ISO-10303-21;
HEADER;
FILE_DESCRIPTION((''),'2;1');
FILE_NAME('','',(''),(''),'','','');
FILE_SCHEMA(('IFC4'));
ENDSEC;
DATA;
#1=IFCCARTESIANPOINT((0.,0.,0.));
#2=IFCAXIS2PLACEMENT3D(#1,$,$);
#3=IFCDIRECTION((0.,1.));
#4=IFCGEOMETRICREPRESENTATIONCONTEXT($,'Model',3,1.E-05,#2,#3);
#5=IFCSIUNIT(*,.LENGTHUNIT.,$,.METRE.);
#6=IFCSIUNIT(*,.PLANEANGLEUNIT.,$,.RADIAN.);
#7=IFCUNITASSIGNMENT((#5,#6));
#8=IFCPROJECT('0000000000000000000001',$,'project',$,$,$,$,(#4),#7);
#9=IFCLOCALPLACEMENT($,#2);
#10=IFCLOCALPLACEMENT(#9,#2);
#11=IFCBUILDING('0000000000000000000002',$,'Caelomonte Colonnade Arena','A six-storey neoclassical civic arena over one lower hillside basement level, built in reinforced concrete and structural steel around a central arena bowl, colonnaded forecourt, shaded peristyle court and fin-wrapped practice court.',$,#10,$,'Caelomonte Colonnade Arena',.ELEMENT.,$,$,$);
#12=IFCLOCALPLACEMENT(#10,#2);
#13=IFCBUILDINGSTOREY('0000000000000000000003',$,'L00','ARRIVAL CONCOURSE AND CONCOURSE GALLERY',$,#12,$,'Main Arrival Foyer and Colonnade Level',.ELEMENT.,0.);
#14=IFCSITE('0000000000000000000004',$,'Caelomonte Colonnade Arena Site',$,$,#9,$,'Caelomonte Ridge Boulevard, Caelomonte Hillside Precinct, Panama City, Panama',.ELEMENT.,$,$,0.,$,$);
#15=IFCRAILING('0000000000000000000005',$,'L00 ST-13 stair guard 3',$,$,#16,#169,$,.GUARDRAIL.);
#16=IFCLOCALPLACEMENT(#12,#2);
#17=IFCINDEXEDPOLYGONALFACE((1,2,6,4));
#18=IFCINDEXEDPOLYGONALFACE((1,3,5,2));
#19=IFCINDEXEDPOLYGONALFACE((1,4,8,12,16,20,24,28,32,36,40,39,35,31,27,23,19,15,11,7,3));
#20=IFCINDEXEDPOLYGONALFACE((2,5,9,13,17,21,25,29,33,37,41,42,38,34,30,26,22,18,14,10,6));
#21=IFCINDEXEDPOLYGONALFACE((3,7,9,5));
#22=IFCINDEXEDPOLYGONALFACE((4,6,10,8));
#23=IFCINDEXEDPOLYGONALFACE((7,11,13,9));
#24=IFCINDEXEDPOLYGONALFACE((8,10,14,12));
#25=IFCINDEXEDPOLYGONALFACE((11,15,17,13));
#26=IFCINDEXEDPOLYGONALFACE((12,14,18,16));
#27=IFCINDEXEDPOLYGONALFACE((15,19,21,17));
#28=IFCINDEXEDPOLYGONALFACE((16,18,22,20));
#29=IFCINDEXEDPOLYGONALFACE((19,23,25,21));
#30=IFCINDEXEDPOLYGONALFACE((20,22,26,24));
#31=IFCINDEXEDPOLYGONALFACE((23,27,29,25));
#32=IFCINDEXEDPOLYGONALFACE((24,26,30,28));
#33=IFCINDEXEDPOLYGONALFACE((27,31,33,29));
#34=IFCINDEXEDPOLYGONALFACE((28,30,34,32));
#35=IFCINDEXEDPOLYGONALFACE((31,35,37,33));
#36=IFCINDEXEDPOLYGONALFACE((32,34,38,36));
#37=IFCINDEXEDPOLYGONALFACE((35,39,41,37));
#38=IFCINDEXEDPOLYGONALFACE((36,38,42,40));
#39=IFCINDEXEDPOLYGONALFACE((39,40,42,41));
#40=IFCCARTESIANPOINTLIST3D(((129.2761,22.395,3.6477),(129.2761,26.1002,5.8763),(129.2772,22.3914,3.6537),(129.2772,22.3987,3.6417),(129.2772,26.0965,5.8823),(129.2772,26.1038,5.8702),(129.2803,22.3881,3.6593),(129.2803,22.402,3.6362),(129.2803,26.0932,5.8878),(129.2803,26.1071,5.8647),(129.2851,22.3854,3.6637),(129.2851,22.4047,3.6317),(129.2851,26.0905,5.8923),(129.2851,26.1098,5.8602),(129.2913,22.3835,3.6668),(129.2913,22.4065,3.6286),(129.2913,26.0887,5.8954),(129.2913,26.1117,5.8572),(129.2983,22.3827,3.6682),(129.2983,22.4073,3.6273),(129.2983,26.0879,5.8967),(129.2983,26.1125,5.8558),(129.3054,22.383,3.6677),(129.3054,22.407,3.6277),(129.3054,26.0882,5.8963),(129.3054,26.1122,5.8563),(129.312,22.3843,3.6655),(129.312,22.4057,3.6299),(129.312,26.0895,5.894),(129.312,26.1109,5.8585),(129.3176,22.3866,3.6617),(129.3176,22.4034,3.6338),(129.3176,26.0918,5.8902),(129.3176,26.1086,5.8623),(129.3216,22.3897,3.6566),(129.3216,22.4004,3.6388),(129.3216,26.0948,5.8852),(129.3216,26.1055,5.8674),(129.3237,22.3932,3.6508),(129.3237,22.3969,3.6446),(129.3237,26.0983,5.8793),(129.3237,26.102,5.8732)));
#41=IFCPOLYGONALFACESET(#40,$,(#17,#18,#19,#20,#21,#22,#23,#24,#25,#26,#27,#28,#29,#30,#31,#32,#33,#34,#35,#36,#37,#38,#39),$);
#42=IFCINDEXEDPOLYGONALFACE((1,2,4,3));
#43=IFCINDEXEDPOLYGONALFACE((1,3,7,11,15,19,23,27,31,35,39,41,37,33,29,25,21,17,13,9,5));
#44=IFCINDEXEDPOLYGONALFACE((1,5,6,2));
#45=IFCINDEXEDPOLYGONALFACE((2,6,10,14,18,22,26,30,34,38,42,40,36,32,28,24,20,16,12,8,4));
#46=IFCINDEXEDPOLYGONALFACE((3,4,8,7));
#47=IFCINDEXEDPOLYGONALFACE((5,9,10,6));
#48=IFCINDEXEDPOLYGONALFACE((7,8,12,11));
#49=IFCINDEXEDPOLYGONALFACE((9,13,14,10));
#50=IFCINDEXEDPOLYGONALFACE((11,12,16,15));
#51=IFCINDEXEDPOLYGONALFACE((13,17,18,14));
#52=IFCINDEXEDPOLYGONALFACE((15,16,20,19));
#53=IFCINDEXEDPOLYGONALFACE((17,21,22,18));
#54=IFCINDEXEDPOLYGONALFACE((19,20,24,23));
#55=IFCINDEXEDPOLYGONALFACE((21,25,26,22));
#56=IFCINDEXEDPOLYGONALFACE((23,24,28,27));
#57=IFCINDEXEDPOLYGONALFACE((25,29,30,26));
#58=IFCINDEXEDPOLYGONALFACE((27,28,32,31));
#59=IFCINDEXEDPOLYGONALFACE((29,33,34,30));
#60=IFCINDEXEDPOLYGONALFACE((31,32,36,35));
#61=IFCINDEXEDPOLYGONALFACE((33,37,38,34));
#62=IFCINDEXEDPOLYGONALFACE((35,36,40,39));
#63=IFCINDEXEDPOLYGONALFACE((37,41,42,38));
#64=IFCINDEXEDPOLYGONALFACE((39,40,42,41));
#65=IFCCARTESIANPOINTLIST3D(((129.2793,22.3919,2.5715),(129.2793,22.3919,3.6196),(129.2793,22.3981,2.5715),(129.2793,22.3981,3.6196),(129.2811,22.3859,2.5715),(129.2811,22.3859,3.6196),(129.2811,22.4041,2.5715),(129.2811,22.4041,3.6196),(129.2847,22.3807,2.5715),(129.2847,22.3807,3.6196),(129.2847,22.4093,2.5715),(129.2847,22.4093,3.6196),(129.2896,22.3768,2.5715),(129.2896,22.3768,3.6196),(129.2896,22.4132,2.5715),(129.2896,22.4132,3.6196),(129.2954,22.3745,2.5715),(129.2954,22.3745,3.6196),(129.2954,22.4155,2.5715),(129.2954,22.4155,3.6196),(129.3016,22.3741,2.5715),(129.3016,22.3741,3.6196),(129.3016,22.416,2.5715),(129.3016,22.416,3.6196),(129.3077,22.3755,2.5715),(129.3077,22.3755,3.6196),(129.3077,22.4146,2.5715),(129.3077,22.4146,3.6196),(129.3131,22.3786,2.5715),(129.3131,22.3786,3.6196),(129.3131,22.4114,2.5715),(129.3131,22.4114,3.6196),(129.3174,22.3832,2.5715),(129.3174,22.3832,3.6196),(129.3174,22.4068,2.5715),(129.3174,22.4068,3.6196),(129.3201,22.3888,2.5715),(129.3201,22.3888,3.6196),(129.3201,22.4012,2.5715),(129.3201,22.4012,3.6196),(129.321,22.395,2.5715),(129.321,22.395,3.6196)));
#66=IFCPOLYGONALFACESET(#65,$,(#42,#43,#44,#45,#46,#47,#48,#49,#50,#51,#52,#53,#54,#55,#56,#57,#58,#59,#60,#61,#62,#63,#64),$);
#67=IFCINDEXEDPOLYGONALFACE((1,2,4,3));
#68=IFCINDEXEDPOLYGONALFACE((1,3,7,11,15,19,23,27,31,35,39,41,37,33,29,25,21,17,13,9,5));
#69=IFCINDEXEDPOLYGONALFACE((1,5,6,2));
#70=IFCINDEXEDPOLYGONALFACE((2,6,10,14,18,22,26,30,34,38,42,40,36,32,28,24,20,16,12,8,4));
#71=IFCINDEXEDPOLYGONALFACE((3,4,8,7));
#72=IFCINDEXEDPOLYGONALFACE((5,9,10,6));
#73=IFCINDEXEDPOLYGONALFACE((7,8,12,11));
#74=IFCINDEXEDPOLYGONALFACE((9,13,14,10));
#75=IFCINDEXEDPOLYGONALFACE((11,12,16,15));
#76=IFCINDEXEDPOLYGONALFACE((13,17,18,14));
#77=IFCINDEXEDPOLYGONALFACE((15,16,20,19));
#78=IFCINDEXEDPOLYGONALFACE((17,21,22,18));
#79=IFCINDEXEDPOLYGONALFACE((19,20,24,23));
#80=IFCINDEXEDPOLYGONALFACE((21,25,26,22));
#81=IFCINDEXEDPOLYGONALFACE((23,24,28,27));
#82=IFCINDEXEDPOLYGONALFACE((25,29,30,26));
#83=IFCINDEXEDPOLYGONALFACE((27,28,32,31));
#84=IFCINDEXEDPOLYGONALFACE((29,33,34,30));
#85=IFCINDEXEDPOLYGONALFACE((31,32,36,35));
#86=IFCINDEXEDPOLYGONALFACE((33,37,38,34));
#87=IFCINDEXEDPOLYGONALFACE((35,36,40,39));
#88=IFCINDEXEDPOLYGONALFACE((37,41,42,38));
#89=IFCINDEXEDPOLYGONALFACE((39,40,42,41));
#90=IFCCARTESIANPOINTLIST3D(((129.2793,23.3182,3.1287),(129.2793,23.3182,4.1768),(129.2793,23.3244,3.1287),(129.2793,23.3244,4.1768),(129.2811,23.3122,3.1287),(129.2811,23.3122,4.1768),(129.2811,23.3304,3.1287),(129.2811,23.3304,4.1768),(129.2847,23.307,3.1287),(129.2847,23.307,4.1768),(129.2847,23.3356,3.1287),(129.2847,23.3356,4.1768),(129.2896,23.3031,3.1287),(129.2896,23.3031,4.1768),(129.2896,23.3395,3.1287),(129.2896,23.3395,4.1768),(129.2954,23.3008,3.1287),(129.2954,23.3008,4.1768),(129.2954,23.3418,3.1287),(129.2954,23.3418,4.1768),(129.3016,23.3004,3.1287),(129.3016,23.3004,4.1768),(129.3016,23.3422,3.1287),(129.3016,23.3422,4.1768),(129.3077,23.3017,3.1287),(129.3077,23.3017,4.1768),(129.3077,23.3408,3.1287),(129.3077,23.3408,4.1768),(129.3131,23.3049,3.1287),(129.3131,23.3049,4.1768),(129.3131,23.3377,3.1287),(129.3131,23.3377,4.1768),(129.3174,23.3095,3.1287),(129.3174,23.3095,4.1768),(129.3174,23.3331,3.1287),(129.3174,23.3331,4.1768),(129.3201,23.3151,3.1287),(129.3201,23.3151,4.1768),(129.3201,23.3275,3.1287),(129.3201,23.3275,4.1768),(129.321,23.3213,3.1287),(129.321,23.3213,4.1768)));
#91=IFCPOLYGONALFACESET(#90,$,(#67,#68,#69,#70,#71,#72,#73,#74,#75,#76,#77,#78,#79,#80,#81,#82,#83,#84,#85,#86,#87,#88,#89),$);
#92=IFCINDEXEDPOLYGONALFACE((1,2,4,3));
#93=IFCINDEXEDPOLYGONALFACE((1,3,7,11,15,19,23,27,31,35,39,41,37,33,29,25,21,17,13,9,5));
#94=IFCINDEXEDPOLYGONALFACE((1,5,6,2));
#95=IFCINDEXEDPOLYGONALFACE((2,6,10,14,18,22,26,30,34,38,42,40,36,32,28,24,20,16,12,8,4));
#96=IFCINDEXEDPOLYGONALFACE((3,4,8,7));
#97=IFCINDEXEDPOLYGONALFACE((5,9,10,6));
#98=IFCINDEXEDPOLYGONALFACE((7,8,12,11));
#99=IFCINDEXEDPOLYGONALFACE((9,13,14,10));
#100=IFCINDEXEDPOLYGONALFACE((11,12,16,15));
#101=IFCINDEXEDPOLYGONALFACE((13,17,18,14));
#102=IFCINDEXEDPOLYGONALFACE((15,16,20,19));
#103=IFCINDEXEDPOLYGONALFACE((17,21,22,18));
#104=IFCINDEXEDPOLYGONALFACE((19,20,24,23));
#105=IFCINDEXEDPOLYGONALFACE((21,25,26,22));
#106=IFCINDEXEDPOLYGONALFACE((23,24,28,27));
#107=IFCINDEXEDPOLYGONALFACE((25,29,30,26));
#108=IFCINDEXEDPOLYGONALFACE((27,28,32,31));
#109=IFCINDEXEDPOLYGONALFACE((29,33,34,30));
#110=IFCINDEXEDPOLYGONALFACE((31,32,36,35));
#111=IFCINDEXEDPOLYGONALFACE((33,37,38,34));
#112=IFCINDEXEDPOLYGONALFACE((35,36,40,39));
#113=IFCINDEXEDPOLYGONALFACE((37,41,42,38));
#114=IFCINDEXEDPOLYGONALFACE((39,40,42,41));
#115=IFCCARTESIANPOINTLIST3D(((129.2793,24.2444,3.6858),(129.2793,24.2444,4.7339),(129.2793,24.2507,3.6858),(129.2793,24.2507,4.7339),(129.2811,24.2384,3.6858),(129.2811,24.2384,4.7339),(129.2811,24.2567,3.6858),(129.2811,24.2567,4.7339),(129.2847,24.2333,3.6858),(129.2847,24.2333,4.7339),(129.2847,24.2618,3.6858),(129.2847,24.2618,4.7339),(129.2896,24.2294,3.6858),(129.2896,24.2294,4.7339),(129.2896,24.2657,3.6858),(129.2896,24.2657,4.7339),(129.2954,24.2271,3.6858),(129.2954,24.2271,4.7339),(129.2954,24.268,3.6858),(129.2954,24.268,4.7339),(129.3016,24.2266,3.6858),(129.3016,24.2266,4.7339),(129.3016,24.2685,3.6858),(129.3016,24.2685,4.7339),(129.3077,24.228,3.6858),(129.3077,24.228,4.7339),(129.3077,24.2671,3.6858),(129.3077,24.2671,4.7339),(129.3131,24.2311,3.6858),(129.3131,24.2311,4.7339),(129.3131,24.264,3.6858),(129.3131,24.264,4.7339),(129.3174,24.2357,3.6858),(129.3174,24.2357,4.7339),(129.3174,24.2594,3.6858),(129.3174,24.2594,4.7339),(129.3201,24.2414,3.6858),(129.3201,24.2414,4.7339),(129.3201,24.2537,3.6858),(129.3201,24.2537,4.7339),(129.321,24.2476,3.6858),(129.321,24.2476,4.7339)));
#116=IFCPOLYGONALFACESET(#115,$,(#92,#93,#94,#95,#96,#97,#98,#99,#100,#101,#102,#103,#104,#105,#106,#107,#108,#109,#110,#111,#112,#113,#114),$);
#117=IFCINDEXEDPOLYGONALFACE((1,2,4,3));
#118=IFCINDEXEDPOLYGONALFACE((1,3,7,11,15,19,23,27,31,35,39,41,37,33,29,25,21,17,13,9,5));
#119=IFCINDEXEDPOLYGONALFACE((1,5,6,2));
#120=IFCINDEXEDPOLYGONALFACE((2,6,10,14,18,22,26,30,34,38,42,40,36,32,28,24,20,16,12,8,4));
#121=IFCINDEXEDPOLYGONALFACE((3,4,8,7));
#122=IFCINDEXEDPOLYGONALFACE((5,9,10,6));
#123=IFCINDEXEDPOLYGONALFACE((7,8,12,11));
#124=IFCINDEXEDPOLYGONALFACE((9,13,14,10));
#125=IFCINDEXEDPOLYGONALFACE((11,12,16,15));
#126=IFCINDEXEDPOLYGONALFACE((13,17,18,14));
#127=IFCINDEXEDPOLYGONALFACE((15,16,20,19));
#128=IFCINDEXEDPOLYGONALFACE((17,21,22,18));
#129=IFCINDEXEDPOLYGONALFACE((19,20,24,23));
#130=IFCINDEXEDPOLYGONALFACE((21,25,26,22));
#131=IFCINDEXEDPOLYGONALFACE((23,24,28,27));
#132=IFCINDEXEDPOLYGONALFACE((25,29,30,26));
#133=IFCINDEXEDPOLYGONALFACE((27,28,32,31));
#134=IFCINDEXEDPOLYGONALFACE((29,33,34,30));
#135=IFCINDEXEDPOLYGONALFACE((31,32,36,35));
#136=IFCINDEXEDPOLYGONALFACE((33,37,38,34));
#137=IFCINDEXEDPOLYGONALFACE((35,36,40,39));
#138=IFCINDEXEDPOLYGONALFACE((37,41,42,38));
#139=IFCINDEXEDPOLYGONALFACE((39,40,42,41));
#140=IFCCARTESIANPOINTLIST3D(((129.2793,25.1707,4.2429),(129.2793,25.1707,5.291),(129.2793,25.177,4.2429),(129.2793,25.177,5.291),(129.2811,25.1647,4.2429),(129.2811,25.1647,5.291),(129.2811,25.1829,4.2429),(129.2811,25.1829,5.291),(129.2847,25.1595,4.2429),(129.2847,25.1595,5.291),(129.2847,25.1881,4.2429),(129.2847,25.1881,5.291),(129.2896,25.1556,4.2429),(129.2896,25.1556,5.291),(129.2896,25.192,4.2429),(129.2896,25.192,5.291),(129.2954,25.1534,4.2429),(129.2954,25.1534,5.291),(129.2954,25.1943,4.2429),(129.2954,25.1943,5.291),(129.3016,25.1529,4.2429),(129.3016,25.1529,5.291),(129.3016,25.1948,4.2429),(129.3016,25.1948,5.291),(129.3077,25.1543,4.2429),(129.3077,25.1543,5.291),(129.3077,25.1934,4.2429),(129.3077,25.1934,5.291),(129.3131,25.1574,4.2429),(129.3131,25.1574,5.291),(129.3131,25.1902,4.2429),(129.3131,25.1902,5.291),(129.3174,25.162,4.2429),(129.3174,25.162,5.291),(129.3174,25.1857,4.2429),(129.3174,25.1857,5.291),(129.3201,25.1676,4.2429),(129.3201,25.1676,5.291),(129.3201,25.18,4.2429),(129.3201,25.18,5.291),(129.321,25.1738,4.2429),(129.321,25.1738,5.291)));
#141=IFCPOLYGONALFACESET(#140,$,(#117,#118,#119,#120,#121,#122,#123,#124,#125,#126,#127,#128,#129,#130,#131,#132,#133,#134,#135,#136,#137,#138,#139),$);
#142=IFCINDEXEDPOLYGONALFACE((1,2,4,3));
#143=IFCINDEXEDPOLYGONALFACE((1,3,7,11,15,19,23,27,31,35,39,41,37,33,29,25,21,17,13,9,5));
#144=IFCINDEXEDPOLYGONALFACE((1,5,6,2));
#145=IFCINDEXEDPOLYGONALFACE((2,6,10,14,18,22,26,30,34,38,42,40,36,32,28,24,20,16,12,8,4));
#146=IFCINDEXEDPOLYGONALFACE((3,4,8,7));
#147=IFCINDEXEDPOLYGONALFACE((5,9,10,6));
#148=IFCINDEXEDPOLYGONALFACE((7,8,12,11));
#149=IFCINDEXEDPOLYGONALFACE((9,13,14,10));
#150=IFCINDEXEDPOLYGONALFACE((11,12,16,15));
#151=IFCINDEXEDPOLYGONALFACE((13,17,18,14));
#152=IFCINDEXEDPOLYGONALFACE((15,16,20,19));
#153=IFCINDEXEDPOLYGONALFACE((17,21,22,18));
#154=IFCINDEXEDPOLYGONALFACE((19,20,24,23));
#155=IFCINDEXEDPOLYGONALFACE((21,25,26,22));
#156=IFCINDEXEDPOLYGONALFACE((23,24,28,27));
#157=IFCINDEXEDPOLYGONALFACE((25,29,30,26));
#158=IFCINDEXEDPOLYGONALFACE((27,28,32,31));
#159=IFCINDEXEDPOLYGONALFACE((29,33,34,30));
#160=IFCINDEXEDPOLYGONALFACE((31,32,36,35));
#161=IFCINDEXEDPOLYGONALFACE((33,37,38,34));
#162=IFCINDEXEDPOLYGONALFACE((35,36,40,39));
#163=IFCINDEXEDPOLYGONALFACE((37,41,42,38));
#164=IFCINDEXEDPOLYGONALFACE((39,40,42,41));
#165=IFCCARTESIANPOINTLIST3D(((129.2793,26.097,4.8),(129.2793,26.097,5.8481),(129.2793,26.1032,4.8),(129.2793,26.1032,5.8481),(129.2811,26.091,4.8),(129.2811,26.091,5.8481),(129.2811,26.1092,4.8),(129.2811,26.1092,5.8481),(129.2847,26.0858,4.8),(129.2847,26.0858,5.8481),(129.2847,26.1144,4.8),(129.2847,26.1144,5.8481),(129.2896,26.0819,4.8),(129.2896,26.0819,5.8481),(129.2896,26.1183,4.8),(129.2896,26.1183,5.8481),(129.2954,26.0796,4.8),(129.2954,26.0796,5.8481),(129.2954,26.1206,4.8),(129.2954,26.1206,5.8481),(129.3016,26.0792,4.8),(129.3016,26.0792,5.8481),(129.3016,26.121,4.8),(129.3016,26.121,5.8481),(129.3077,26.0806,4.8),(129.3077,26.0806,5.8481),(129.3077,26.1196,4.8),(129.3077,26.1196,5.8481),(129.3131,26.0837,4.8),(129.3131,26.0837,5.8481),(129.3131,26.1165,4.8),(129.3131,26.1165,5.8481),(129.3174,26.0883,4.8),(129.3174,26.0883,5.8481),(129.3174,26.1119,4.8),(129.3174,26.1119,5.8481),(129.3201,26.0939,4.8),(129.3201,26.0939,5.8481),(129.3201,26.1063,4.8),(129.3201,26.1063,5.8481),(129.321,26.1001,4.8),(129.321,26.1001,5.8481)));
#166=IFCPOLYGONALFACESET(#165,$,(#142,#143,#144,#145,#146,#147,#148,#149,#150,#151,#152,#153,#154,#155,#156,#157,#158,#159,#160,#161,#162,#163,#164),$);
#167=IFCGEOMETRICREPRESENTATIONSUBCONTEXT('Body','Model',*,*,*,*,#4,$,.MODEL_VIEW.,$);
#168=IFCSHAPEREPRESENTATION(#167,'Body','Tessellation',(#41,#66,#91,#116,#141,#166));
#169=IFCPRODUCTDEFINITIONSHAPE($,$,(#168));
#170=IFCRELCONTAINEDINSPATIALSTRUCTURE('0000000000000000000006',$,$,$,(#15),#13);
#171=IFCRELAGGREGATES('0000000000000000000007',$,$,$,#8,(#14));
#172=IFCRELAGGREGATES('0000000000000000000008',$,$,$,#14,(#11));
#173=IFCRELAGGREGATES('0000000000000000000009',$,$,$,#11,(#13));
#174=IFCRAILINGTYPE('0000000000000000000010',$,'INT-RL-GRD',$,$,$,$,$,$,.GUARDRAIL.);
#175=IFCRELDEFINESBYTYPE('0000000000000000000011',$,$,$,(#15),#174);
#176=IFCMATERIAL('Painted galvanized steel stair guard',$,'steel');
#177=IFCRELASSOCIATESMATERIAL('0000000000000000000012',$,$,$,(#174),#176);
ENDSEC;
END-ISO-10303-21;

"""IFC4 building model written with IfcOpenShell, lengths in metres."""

from ifc_helpers import new_model, si_unit, direction, frame, origin, origin_2d, place, context, subcontext, project, spatial, circle, extrude, material, type_object, element, save


model = new_model("IFC4")

# Units and contexts
model_context = context("Model", 3, precision=1e-05, world=origin(), true_north=direction((0.0, 1.0)))
body_context = subcontext(model_context, "Body", "Model", "MODEL_VIEW")
ifc_project = project(units=[si_unit("LENGTHUNIT", "METRE"), si_unit("PLANEANGLEUNIT", "RADIAN")], contexts=[model_context])

# Site, building, storey
site_placement = place(None, origin())
site = spatial("IfcSite", under=ifc_project, at=site_placement, Name="Caelomonte Colonnade Arena Site", LongName="Caelomonte Ridge Boulevard, Caelomonte Hillside Precinct, Panama City, Panama", CompositionType="ELEMENT", RefElevation=0.0)
building_placement = place(site_placement, origin())
building = spatial("IfcBuilding", under=site, at=building_placement, Name="Caelomonte Colonnade Arena", Description="A six-storey neoclassical civic arena over one lower hillside basement level, built in reinforced concrete and structural steel around a central arena bowl, colonnaded forecourt, shaded peristyle court and fin-wrapped practice court.", LongName="Caelomonte Colonnade Arena", CompositionType="ELEMENT")
storey_placement = place(building_placement, origin())
storey = spatial("IfcBuildingStorey", under=building, at=storey_placement, Name="L00", Description="ARRIVAL CONCOURSE AND CONCOURSE GALLERY", LongName="Main Arrival Foyer and Colonnade Level", CompositionType="ELEMENT", Elevation=0.0)

# Railing
ifc_material_1 = material(Name="Painted galvanized steel stair guard", Category="steel")
railing_type_1 = type_object("IfcRailingType", Name="INT-RL-GRD", PredefinedType="GUARDRAIL", material=ifc_material_1)
railing_1_placement = place(storey_placement, frame((129.3, 22.395, 2.5715)))
element("IfcRailing", 1, at=railing_1_placement, inside=storey, type_object=railing_type_1, Name="L00 ST-13 stair guard 3", PredefinedType="GUARDRAIL", context=body_context, shape_type="SweptSolid", body=[
    extrude(circle(Radius=0.0239, at=origin_2d()), frame((0.0, 0.0, 1.0762), z_axis=(0.0, 0.856934, 0.515425), x_axis=(-1.0, 0.0, 0.0)), (0.0, 0.0, 1.0), 4.3237),
    extrude(circle(Radius=0.021, at=origin_2d()), origin(), (0.0, 0.0, 1.0), 1.0481),
    extrude(circle(Radius=0.021, at=origin_2d()), frame((0.0, 0.9263, 0.5571)), (0.0, 0.0, 1.0), 1.0481),
    extrude(circle(Radius=0.021, at=origin_2d()), frame((0.0, 1.8525, 1.1143)), (0.0, 0.0, 1.0), 1.0481),
    extrude(circle(Radius=0.021, at=origin_2d()), frame((0.0, 2.7788, 1.6714)), (0.0, 0.0, 1.0), 1.0481),
    extrude(circle(Radius=0.021, at=origin_2d()), frame((0.0, 3.7051, 2.2285)), (0.0, 0.0, 1.0), 1.0481),
])

save(model, "model.ifc")
